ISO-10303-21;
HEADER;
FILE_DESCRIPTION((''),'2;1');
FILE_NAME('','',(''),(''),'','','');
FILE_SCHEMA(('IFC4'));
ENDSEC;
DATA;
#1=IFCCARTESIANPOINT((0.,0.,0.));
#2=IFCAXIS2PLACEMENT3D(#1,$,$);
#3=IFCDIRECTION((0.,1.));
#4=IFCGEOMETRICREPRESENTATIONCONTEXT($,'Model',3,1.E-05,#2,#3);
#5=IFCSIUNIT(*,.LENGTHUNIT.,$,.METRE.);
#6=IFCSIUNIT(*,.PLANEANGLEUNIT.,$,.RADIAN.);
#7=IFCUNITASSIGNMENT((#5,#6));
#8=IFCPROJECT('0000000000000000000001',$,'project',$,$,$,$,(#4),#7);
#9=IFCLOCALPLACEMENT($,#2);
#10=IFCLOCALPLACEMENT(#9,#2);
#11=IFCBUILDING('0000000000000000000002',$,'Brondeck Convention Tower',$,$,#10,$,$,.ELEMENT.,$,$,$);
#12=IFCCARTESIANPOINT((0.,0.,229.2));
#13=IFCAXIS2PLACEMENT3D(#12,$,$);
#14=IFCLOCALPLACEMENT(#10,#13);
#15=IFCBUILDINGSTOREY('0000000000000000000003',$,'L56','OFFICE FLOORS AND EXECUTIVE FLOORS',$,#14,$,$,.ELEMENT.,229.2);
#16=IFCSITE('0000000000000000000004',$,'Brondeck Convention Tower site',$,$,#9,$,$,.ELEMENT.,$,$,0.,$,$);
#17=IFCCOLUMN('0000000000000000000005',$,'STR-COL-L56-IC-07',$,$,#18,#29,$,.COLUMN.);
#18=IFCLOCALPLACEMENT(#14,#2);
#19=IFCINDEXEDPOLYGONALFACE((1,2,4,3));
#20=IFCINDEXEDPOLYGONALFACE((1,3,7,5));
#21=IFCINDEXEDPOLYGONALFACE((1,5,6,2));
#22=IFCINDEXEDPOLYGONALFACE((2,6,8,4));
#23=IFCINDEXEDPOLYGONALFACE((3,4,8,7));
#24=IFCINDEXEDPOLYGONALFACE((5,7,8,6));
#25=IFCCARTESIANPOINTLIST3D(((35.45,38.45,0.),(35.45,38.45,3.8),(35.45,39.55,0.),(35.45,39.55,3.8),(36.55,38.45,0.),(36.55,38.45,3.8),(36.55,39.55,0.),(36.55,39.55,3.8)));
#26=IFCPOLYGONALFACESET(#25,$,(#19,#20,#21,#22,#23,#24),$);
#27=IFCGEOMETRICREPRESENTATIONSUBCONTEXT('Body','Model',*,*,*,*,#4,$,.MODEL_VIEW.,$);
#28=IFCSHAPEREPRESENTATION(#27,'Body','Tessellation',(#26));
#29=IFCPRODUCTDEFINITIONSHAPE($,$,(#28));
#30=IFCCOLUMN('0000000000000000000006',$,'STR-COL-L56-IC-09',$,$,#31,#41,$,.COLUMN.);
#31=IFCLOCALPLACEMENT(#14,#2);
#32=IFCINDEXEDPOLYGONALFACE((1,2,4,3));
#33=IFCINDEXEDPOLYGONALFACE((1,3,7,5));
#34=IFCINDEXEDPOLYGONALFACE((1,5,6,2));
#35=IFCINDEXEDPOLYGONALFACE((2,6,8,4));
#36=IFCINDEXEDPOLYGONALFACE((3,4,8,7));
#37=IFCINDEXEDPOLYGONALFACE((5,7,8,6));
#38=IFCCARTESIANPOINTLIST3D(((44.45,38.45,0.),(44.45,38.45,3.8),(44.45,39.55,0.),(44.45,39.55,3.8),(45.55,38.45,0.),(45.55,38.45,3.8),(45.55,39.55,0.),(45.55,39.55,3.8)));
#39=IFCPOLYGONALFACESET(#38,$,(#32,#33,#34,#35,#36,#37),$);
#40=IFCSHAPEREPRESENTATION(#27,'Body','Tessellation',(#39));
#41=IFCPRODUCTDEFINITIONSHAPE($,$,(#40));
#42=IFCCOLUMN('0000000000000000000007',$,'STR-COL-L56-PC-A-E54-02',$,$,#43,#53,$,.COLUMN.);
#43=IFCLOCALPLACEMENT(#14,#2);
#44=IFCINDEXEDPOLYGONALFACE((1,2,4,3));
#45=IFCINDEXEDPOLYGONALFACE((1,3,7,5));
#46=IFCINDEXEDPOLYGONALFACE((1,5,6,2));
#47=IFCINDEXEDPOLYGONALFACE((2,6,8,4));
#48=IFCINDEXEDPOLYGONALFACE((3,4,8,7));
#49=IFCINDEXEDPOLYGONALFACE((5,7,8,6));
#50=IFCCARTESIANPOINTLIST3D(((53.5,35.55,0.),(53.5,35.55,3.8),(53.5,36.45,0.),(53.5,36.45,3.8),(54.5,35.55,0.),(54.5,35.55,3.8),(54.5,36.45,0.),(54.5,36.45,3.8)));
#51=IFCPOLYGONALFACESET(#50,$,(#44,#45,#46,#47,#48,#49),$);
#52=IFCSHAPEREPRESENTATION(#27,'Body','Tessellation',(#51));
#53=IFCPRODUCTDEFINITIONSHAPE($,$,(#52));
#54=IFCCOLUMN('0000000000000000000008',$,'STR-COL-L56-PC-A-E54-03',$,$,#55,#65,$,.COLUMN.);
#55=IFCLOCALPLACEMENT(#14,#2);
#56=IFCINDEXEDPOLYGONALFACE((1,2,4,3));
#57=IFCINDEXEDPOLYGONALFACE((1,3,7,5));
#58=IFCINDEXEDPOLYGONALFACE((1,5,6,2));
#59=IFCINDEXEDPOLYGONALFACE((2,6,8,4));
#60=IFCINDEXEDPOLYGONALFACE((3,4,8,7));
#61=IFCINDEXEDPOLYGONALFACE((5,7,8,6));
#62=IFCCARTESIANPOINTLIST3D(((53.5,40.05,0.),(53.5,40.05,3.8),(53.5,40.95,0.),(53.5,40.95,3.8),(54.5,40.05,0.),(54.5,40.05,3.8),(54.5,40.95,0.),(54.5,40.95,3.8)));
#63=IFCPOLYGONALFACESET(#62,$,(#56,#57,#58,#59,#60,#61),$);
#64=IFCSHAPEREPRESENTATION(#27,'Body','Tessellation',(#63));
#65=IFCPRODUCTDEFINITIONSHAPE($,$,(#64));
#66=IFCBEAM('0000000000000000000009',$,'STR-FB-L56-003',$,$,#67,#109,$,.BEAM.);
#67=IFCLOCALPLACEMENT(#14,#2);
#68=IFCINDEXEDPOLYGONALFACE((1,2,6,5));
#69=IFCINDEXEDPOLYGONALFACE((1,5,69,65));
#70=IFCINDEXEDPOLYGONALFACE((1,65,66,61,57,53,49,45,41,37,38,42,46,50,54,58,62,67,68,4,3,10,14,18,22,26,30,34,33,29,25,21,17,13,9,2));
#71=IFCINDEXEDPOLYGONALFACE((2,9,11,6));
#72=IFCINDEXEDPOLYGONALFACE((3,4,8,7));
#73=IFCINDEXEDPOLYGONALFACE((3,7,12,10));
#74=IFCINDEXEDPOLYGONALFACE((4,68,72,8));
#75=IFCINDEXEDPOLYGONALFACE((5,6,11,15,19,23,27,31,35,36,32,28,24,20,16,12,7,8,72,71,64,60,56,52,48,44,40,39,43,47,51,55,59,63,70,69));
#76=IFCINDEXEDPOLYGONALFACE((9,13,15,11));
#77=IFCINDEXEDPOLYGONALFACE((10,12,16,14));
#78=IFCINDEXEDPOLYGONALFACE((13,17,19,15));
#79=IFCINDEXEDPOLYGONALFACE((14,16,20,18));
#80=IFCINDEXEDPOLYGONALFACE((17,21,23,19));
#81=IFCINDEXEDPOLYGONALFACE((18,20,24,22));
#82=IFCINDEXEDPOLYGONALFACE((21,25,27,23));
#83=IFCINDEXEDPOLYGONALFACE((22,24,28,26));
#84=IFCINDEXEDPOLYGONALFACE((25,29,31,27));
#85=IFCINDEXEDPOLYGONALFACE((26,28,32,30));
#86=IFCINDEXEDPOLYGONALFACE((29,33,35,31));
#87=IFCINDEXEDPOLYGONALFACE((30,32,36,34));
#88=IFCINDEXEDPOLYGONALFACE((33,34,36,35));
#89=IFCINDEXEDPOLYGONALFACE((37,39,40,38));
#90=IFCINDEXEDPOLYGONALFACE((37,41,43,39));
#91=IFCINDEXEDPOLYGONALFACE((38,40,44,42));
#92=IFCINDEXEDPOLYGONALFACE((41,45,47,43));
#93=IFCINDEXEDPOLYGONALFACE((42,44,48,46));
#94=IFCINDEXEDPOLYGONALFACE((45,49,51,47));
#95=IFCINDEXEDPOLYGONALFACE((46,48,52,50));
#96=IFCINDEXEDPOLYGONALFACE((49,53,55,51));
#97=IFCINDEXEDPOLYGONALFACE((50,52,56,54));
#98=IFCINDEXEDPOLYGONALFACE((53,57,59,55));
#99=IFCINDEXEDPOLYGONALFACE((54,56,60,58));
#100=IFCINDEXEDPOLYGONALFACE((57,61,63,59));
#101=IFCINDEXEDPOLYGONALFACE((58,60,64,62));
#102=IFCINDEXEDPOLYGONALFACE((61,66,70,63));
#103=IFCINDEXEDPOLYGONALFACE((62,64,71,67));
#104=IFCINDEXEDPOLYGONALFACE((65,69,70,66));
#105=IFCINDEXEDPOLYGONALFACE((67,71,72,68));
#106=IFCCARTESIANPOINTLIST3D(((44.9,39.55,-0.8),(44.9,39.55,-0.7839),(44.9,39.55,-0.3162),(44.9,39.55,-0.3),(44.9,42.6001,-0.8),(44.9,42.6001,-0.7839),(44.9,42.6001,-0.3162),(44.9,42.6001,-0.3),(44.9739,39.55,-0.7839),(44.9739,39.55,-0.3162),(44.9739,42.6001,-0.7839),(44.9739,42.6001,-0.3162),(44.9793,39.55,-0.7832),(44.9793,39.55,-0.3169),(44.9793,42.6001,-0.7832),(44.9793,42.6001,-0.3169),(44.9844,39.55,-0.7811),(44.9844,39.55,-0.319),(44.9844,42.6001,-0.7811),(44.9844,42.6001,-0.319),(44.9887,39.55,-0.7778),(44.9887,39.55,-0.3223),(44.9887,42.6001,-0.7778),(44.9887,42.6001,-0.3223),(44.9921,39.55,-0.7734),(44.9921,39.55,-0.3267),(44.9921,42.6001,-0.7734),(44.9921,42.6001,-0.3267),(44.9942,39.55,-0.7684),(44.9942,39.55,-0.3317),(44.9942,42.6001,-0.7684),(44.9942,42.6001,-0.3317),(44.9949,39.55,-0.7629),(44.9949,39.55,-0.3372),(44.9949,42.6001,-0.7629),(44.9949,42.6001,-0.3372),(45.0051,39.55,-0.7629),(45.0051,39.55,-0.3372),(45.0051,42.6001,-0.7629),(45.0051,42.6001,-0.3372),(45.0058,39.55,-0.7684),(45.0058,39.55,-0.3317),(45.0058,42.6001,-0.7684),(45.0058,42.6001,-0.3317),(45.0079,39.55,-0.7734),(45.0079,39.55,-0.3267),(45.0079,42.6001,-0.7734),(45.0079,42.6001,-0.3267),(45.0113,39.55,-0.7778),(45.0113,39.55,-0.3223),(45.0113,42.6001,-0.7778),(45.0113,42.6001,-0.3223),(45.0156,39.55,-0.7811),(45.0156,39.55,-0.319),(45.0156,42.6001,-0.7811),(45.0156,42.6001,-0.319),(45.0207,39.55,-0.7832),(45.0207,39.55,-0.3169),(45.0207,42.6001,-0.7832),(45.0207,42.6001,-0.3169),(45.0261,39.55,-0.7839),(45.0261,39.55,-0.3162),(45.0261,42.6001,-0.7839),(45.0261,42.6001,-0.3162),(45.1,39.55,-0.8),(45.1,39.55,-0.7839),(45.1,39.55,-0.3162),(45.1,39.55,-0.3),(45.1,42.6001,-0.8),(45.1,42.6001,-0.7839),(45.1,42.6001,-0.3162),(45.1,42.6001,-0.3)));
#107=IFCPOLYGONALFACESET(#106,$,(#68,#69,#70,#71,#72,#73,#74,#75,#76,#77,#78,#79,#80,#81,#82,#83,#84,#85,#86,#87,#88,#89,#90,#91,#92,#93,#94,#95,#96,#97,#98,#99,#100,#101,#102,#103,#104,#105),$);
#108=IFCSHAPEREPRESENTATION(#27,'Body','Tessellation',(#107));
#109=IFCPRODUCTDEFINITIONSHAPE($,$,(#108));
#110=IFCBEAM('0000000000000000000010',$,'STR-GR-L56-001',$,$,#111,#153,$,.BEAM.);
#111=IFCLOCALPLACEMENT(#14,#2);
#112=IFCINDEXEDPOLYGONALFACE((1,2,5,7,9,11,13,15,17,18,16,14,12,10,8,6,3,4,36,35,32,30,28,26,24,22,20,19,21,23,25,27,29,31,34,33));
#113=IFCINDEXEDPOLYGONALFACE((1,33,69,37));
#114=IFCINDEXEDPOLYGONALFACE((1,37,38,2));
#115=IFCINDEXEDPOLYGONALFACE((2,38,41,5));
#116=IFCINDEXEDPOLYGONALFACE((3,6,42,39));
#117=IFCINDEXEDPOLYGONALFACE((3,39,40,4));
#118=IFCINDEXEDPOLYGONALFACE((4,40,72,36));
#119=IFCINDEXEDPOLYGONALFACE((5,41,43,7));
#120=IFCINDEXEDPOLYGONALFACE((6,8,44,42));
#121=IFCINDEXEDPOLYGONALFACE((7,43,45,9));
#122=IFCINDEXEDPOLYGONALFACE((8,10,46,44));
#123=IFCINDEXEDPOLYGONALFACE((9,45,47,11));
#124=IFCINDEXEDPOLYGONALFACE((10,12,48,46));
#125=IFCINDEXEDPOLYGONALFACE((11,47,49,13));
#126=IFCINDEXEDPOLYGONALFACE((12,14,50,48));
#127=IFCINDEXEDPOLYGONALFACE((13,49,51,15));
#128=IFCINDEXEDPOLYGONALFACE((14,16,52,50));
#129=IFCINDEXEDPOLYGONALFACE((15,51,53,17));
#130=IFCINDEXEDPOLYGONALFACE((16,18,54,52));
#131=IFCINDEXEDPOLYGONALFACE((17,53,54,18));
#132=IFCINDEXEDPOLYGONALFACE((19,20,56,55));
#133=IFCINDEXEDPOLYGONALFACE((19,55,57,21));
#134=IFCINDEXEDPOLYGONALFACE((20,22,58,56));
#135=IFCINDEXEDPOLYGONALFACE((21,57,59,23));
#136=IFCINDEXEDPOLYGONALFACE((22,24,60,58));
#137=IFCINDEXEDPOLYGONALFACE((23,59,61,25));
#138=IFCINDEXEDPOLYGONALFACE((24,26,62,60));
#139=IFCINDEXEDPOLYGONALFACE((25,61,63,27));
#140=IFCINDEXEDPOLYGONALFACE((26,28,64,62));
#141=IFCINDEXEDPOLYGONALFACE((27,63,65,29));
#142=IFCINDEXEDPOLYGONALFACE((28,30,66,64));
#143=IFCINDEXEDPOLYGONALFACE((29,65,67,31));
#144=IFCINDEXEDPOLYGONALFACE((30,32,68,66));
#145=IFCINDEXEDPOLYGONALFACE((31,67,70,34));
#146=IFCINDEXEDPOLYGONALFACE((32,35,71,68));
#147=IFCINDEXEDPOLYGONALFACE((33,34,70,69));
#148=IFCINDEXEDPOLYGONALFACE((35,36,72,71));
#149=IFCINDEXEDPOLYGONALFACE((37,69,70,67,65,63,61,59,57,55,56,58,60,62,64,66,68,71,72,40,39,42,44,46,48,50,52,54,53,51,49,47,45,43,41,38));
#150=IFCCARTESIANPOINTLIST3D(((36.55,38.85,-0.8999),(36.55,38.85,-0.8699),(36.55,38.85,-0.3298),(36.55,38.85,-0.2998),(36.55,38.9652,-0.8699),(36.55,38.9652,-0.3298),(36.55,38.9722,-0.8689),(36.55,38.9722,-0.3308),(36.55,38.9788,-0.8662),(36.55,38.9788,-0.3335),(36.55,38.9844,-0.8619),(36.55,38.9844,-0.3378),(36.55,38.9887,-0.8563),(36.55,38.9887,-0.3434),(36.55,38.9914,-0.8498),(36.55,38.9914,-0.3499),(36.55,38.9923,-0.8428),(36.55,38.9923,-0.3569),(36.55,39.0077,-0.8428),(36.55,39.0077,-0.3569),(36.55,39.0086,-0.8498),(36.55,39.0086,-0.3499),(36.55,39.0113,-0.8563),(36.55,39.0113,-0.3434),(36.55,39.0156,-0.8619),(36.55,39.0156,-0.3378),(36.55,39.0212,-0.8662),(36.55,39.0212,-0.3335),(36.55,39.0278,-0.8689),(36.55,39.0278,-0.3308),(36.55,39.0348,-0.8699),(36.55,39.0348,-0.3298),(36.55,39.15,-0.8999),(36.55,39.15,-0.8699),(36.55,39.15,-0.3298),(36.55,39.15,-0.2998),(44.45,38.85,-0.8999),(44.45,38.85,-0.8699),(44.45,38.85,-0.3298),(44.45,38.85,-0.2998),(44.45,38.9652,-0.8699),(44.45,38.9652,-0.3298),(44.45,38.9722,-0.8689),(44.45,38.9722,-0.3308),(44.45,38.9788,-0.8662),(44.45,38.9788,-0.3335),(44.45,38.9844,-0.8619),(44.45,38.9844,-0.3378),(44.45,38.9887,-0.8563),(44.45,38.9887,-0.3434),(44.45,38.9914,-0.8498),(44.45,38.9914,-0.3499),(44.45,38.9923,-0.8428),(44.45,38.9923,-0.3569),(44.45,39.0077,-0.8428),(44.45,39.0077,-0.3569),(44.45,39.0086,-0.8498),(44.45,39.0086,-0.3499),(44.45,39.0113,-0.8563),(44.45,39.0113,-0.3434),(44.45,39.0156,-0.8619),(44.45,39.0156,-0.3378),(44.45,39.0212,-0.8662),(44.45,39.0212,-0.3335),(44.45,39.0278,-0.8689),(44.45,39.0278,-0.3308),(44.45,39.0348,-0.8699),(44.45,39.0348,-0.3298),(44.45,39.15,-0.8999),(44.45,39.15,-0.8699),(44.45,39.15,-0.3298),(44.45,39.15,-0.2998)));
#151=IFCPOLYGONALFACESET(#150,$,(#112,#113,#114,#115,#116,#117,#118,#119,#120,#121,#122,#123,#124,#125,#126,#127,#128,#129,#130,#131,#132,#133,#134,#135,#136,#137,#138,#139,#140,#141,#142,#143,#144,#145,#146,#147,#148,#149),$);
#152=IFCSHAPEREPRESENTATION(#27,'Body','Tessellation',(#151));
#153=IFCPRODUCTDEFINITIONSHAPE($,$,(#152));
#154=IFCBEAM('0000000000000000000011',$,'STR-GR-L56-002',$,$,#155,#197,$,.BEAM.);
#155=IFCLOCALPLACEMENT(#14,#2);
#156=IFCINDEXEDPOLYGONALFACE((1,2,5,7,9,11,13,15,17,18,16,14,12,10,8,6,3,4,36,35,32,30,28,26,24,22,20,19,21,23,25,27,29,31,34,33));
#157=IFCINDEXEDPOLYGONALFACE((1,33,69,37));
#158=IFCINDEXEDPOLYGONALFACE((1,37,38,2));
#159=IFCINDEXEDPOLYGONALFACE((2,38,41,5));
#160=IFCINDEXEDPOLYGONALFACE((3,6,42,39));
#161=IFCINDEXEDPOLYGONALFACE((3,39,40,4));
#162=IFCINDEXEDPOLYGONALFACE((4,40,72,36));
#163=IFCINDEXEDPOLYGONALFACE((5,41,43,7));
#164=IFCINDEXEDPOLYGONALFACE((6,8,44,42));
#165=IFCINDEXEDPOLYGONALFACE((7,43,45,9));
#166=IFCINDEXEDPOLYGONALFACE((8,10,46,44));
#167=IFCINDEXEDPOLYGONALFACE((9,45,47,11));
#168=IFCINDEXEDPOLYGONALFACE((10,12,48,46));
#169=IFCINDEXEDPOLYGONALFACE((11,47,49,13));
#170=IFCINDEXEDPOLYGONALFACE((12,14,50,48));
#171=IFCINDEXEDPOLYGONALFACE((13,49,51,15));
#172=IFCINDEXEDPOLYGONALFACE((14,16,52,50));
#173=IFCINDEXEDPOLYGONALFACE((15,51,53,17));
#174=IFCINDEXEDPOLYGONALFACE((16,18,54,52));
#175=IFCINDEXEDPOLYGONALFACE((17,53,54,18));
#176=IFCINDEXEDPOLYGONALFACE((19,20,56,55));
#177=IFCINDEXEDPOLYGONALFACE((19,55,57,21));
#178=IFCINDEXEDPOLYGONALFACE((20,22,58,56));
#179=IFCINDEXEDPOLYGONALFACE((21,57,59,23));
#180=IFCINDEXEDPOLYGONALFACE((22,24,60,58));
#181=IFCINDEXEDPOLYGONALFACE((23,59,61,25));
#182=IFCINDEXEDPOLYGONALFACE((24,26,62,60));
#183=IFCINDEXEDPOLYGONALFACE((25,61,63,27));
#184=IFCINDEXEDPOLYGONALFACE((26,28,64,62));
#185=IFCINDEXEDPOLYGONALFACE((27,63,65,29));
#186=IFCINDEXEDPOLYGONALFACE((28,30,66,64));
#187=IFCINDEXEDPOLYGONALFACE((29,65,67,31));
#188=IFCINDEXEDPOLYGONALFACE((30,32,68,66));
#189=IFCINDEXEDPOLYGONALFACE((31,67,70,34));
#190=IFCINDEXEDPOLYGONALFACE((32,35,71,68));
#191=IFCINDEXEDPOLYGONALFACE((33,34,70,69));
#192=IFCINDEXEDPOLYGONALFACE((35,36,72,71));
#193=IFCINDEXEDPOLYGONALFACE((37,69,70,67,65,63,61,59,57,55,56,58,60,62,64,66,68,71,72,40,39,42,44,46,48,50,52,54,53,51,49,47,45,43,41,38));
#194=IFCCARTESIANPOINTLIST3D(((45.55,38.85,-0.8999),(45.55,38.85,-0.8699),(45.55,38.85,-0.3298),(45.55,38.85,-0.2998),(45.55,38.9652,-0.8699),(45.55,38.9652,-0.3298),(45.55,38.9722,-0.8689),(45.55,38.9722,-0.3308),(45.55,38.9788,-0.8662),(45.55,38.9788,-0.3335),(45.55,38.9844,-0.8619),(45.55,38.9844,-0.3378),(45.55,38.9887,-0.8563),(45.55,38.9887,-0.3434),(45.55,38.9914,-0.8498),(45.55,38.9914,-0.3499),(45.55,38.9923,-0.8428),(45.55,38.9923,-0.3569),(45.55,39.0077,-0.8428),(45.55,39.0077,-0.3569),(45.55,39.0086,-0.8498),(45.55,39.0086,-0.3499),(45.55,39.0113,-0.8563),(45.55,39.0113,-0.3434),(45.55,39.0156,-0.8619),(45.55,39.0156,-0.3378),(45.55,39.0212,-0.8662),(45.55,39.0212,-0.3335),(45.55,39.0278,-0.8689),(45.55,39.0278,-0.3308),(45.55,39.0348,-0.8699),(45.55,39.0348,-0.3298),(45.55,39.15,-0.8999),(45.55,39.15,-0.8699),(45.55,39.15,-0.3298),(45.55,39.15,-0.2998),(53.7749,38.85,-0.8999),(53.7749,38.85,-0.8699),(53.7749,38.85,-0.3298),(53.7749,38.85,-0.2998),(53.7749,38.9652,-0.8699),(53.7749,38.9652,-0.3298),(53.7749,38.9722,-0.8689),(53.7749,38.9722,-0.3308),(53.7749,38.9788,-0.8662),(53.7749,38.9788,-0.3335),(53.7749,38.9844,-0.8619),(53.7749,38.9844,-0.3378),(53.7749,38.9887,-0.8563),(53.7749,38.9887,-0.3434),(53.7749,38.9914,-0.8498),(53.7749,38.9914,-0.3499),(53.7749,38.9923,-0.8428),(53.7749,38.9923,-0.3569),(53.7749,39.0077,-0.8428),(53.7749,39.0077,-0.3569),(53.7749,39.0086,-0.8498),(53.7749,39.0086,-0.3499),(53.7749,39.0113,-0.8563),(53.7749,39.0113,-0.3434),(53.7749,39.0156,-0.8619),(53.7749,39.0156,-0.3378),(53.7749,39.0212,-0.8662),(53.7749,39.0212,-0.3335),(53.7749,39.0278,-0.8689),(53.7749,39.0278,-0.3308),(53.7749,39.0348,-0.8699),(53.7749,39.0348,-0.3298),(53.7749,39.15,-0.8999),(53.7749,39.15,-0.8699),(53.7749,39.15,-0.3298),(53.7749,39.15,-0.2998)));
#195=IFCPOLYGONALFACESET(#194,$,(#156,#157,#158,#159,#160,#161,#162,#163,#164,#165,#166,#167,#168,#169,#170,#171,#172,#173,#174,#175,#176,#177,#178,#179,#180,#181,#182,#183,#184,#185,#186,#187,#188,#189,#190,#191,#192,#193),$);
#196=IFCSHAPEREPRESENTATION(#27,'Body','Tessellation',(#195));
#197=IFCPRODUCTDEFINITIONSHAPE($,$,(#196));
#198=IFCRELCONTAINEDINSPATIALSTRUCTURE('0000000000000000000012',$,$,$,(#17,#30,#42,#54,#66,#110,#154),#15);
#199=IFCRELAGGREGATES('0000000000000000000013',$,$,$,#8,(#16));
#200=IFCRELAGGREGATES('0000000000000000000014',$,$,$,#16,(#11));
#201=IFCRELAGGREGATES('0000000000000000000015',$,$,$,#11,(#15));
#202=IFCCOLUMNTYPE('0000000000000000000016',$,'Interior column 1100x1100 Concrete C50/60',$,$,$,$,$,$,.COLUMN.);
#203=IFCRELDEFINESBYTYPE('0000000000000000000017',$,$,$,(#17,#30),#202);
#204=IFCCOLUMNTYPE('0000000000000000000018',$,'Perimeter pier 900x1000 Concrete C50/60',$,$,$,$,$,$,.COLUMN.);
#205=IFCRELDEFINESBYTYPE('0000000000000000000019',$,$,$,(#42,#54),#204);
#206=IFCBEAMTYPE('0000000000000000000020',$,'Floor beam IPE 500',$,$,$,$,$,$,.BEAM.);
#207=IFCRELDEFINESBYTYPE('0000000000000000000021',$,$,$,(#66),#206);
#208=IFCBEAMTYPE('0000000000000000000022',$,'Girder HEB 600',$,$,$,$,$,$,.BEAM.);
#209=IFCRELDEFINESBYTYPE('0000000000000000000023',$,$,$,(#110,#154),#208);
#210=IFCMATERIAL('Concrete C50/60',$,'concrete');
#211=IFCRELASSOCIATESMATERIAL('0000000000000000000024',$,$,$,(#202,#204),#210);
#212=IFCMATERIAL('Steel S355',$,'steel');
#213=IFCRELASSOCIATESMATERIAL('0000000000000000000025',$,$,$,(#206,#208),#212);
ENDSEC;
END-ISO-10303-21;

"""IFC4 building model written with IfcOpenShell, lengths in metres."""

from ifc_helpers import new_model, si_unit, direction, frame, origin, origin_2d, place, context, subcontext, project, spatial, rectangle, i_section, extrude, material, material_profile, profile_set, type_object, element, save


model = new_model("IFC4")

# Units and contexts
model_context = context("Model", 3, precision=1e-05, world=origin(), true_north=direction((0.0, 1.0)))
body_context = subcontext(model_context, "Body", "Model", "MODEL_VIEW")
ifc_project = project(units=[si_unit("LENGTHUNIT", "METRE"), si_unit("PLANEANGLEUNIT", "RADIAN")], contexts=[model_context])

# Site, building, storey
site_placement = place(None, origin())
site = spatial("IfcSite", under=ifc_project, at=site_placement, Name="Brondeck Convention Tower site", CompositionType="ELEMENT", RefElevation=0.0)
building_placement = place(site_placement, origin())
building = spatial("IfcBuilding", under=site, at=building_placement, Name="Brondeck Convention Tower", CompositionType="ELEMENT")
storey_placement = place(building_placement, frame((0.0, 0.0, 229.2)))
storey = spatial("IfcBuildingStorey", under=building, at=storey_placement, Name="L56", Description="OFFICE FLOORS AND EXECUTIVE FLOORS", CompositionType="ELEMENT", Elevation=229.2)

# Columns
ifc_material_1 = material(Name="Concrete C50/60", Category="concrete")
ifc_material_profile_1 = material_profile(ifc_material_1, rectangle(XDim=1.1001, YDim=1.1001, at=origin_2d()), Name="Interior column 1100x1100 Concrete C50/60")
ifc_profile_set_1 = profile_set([ifc_material_profile_1], Name="Concrete C50/60")
column_type_1 = type_object("IfcColumnType", Name="Interior column 1100x1100 Concrete C50/60", PredefinedType="COLUMN", material=ifc_profile_set_1)
for number, where, z_axis, x_axis, name in (
    (1, (36.0, 39.0, 0.0), (0.0, 0.0, 1.0), (1.0, 0.0, 0.0), "STR-COL-L56-IC-07"),
    (2, (45.0, 39.0, 0.0), (0.0, 0.0, 1.0), (1.0, 0.0, 0.0), "STR-COL-L56-IC-09"),
):
    element("IfcColumn", number, at=place(storey_placement, frame(where, z_axis=z_axis, x_axis=x_axis)), inside=storey, type_object=column_type_1, Name=name, PredefinedType="COLUMN", context=body_context, shape_type="SweptSolid", body=[
        extrude(rectangle(XDim=1.1001, YDim=1.1001, at=origin_2d()), origin(), (0.0, 0.0, 1.0), 3.8),
    ])
ifc_material_profile_2 = material_profile(ifc_material_1, rectangle(XDim=0.8999, YDim=1.0, at=origin_2d()), Name="Perimeter pier 900x1000 Concrete C50/60")
ifc_profile_set_2 = profile_set([ifc_material_profile_2], Name="Concrete C50/60")
column_type_2 = type_object("IfcColumnType", Name="Perimeter pier 900x1000 Concrete C50/60", PredefinedType="COLUMN", material=ifc_profile_set_2)
for number, where, z_axis, x_axis, name in (
    (3, (54.0, 36.0, 0.0), (0.0, 0.0, 1.0), (0.0, 1.0, 0.0), "STR-COL-L56-PC-A-E54-02"),
    (4, (54.0, 40.5, 0.0), (0.0, 0.0, 1.0), (0.0, 1.0, 0.0), "STR-COL-L56-PC-A-E54-03"),
):
    element("IfcColumn", number, at=place(storey_placement, frame(where, z_axis=z_axis, x_axis=x_axis)), inside=storey, type_object=column_type_2, Name=name, PredefinedType="COLUMN", context=body_context, shape_type="SweptSolid", body=[
        extrude(rectangle(XDim=0.8999, YDim=1.0, at=origin_2d()), origin(), (0.0, 0.0, 1.0), 3.8),
    ])

# Beams
ifc_material_2 = material(Name="Steel S355", Category="steel")
ifc_material_profile_3 = material_profile(ifc_material_2, i_section(OverallWidth=0.2, OverallDepth=0.5, WebThickness=0.0103, FlangeThickness=0.0161, FilletRadius=0.021, at=origin_2d()), Name="IPE 500")
ifc_profile_set_3 = profile_set([ifc_material_profile_3], Name="Steel S355")
beam_type_1 = type_object("IfcBeamType", Name="Floor beam IPE 500", PredefinedType="BEAM", material=ifc_profile_set_3)
beam_1_placement = place(storey_placement, frame((45.0, 39.55, -0.55), z_axis=(0.0, 1.0, 0.0), x_axis=(-1.0, 0.0, 0.0)))
element("IfcBeam", 5, at=beam_1_placement, inside=storey, type_object=beam_type_1, Name="STR-FB-L56-003", PredefinedType="BEAM", context=body_context, shape_type="SweptSolid", body=[
    extrude(i_section(OverallWidth=0.2, OverallDepth=0.5, WebThickness=0.0103, FlangeThickness=0.0161, FilletRadius=0.021, at=origin_2d()), origin(), (0.0, 0.0, 1.0), 3.05),
])
ifc_material_profile_4 = material_profile(ifc_material_2, i_section(OverallWidth=0.3, OverallDepth=0.6001, WebThickness=0.0154, FlangeThickness=0.03, FilletRadius=0.0271, at=origin_2d()), Name="HEB 600")
ifc_profile_set_4 = profile_set([ifc_material_profile_4], Name="Steel S355")
beam_type_2 = type_object("IfcBeamType", Name="Girder HEB 600", PredefinedType="BEAM", material=ifc_profile_set_4)
beam_2_placement = place(storey_placement, frame((36.55, 39.0, -0.5999), z_axis=(1.0, 0.0, 0.0), x_axis=(0.0, 1.0, 0.0)))
element("IfcBeam", 6, at=beam_2_placement, inside=storey, type_object=beam_type_2, Name="STR-GR-L56-001", PredefinedType="BEAM", context=body_context, shape_type="SweptSolid", body=[
    extrude(i_section(OverallWidth=0.3, OverallDepth=0.6001, WebThickness=0.0154, FlangeThickness=0.03, FilletRadius=0.0271, at=origin_2d()), origin(), (0.0, 0.0, 1.0), 7.8999),
])
beam_3_placement = place(storey_placement, frame((45.55, 39.0, -0.5999), z_axis=(1.0, 0.0, 0.0), x_axis=(0.0, 1.0, 0.0)))
element("IfcBeam", 7, at=beam_3_placement, inside=storey, type_object=beam_type_2, Name="STR-GR-L56-002", PredefinedType="BEAM", context=body_context, shape_type="SweptSolid", body=[
    extrude(i_section(OverallWidth=0.3, OverallDepth=0.6001, WebThickness=0.0154, FlangeThickness=0.03, FilletRadius=0.0271, at=origin_2d()), origin(), (0.0, 0.0, 1.0), 8.2249),
])

save(model, "model.ifc")
